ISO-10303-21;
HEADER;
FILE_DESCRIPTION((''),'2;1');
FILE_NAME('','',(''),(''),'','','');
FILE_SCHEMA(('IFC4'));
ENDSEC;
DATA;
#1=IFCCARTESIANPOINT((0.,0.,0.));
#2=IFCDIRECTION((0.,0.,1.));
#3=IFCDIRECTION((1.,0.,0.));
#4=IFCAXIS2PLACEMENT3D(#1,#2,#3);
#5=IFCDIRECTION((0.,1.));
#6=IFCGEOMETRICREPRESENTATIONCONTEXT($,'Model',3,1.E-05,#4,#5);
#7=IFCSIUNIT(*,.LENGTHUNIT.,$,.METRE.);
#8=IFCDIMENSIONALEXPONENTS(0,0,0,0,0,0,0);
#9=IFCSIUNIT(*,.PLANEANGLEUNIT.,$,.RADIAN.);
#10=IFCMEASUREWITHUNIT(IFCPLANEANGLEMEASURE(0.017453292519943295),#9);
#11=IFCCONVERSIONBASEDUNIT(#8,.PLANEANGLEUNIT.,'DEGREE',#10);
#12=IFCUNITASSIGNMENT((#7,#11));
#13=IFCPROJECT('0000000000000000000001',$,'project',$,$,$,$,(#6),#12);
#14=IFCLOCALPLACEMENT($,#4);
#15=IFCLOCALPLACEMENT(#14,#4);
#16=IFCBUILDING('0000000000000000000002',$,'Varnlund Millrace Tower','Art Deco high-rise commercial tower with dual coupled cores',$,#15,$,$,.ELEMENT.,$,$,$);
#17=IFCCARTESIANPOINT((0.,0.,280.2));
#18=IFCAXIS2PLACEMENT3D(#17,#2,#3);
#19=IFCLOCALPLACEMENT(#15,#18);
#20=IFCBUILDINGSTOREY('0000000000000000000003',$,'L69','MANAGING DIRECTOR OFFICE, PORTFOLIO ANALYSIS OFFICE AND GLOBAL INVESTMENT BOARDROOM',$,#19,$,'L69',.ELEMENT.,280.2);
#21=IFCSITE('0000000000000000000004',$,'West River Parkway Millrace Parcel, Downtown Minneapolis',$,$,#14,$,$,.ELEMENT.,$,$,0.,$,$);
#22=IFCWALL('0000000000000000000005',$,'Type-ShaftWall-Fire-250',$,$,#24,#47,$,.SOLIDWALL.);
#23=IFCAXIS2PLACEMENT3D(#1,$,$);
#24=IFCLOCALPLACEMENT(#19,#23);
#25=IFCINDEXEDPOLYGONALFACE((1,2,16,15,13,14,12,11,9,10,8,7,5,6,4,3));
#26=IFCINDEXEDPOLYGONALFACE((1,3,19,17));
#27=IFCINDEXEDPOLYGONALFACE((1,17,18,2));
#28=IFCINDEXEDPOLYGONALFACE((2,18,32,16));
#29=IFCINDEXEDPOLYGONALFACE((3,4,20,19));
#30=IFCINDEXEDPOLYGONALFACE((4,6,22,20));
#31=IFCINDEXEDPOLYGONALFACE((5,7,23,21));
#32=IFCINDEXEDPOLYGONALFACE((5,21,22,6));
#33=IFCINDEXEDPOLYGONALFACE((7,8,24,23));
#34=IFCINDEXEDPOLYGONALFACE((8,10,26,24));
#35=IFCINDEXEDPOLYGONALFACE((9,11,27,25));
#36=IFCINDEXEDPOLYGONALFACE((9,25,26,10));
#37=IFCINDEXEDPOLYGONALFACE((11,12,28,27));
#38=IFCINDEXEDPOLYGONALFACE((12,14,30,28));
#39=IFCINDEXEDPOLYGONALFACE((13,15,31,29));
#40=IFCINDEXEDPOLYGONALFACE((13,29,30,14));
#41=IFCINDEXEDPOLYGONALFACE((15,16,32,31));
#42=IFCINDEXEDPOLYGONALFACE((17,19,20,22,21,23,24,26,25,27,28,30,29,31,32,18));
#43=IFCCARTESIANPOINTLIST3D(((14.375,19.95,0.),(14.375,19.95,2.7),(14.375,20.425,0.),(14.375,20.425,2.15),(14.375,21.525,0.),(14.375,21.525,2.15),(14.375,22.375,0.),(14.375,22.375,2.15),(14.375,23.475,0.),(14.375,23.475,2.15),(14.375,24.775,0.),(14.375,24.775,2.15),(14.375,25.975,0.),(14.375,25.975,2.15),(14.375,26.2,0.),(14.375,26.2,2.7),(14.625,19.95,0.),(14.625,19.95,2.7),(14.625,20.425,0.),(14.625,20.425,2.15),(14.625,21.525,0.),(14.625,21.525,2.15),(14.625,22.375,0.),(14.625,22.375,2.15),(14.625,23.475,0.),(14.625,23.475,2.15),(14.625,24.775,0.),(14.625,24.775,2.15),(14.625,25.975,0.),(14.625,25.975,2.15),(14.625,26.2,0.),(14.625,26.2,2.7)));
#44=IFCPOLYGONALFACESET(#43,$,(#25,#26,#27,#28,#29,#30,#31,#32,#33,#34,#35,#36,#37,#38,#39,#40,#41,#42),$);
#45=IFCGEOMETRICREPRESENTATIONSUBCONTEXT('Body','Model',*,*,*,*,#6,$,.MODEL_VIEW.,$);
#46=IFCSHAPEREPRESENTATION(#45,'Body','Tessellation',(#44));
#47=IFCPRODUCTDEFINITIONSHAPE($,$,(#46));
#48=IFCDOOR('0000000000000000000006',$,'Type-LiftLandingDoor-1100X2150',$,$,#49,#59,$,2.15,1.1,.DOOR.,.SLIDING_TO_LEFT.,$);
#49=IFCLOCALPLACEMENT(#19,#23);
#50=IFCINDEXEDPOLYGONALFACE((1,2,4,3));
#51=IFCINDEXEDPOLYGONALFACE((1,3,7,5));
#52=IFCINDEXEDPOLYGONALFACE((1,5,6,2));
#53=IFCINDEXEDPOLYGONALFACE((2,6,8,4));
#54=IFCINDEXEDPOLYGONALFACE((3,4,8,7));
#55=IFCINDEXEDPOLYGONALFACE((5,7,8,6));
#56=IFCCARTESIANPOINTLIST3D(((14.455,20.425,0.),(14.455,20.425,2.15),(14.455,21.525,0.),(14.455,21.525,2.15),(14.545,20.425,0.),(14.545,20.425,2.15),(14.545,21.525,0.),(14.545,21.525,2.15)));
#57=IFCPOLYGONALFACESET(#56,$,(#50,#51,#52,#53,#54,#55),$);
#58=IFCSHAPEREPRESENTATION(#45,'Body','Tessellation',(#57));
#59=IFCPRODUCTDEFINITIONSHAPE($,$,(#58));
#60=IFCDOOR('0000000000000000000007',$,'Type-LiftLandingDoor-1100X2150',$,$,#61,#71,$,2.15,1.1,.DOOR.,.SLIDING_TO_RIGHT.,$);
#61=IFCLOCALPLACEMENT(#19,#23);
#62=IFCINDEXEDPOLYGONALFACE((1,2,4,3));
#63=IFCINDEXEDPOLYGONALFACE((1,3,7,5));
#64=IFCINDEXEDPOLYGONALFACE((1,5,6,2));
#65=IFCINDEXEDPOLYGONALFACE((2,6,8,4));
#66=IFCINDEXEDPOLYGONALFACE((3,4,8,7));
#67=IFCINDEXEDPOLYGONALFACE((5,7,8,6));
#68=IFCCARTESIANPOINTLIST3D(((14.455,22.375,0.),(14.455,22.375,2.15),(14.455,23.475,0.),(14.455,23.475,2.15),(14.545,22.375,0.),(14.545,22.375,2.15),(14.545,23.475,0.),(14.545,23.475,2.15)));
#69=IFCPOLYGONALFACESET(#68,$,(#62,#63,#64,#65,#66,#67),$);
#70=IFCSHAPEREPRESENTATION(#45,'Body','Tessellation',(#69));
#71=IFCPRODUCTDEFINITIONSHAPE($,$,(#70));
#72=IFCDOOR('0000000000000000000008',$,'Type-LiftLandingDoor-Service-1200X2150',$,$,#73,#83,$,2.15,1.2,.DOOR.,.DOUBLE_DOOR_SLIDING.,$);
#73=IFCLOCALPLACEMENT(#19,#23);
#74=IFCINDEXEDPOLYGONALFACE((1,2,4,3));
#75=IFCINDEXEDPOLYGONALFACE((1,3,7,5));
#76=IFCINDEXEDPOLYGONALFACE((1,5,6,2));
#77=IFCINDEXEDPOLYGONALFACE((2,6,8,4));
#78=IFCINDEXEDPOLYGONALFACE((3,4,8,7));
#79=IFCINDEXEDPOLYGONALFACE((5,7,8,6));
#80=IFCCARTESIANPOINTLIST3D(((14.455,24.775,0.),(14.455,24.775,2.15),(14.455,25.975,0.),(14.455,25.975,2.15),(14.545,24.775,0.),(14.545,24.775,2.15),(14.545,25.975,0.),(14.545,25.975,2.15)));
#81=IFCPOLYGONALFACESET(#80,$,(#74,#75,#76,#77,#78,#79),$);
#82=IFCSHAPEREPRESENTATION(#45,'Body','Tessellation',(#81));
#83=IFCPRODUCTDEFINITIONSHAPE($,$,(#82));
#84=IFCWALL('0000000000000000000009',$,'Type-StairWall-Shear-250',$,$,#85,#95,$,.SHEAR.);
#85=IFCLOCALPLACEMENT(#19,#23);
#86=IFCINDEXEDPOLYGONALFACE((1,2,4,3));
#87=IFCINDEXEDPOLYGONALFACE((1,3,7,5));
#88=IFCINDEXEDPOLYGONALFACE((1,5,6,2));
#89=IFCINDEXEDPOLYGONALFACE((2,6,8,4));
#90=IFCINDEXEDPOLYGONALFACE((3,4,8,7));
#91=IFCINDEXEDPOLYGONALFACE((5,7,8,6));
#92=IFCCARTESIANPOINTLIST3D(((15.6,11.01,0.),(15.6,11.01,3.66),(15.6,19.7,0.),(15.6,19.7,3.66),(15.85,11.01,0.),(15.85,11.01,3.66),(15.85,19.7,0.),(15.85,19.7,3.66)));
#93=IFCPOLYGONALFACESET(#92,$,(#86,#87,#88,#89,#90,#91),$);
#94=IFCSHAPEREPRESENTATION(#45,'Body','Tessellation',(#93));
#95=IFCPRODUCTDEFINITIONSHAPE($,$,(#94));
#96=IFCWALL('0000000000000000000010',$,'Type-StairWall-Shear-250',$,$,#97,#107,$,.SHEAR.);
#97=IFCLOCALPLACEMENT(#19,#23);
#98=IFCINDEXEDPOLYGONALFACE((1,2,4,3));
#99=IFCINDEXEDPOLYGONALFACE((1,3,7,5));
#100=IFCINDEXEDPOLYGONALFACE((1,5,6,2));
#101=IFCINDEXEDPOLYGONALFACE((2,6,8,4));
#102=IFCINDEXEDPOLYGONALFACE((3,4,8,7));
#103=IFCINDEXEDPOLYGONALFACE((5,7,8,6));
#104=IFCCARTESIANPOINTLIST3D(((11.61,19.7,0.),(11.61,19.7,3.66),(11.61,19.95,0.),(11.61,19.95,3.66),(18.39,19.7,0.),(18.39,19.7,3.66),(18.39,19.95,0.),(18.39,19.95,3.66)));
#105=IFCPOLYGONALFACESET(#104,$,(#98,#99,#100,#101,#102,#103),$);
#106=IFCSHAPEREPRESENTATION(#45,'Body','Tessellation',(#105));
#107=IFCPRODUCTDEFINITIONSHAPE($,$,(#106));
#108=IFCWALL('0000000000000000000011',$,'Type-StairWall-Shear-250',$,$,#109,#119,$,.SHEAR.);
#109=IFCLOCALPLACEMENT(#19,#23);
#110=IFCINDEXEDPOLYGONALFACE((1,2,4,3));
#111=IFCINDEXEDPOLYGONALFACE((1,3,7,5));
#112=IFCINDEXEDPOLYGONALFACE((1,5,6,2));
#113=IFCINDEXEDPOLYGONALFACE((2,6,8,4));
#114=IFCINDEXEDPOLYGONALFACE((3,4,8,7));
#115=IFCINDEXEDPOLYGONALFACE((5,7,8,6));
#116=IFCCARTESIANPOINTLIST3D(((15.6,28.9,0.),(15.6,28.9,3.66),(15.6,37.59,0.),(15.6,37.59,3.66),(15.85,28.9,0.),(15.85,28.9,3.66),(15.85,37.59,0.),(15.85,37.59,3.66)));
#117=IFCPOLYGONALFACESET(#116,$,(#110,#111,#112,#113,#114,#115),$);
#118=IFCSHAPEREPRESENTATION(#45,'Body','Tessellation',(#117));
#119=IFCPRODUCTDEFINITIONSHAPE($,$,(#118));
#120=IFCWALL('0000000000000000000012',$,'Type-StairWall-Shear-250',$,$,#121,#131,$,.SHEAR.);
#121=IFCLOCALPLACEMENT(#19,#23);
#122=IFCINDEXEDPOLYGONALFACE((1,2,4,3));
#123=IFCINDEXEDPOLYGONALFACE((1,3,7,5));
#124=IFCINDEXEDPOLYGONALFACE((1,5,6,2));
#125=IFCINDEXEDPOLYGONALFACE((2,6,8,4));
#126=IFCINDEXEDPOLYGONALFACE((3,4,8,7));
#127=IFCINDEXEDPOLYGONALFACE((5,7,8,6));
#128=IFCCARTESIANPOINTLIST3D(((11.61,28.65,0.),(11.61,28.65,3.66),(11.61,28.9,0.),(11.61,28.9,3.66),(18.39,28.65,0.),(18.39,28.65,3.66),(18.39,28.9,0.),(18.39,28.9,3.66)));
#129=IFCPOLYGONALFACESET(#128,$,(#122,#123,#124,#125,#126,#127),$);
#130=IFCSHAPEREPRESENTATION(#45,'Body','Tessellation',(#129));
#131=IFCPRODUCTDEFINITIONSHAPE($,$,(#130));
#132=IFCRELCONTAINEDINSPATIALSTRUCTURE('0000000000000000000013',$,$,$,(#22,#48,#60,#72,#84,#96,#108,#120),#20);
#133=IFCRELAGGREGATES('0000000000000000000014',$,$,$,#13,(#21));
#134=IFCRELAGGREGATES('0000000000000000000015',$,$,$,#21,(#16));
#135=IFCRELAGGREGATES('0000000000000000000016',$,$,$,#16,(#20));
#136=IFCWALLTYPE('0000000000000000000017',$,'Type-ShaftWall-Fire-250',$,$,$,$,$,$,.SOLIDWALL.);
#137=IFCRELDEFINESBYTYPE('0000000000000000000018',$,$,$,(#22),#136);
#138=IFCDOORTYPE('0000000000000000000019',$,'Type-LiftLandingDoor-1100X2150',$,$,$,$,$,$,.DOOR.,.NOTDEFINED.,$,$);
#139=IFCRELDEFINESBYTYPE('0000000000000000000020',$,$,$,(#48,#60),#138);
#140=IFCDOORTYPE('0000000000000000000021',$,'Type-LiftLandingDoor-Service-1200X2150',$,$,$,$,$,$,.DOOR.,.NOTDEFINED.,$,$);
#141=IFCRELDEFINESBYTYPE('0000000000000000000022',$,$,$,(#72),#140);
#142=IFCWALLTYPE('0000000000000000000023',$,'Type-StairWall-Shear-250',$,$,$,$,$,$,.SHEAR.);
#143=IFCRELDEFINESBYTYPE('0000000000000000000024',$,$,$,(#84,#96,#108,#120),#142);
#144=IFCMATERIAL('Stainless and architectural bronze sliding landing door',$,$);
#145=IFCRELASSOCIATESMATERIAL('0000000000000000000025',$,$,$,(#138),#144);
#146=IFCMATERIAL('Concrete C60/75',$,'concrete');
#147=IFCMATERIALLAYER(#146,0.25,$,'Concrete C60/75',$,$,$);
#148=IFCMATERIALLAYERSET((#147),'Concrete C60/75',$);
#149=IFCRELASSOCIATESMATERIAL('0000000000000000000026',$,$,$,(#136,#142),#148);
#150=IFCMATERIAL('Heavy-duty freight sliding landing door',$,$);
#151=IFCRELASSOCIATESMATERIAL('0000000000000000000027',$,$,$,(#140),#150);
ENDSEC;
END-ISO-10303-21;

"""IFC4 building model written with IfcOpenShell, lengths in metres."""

from ifc_helpers import new_model, entity, si_unit, converted_unit, direction, frame, origin_with_axes, origin_2d_with_axis, place, context, subcontext, project, spatial, polyline, rectangle, outline, extrude, material, layer, layer_set, type_object, element, fill, save


model = new_model("IFC4")

# Units and contexts
model_context = context("Model", 3, precision=1e-05, world=origin_with_axes(), true_north=direction((0.0, 1.0)))
body_context = subcontext(model_context, "Body", "Model", "MODEL_VIEW")
ifc_project = project(units=[si_unit("LENGTHUNIT", "METRE"), converted_unit("PLANEANGLEUNIT", "DEGREE", entity("IfcPlaneAngleMeasure", 0.017453292519943295), si_unit("PLANEANGLEUNIT", "RADIAN"), dimensions=[0, 0, 0, 0, 0, 0, 0])], contexts=[model_context])

# Site, building, storey
site_placement = place(None, origin_with_axes())
site = spatial("IfcSite", under=ifc_project, at=site_placement, Name="West River Parkway Millrace Parcel, Downtown Minneapolis", CompositionType="ELEMENT", RefElevation=0.0)
building_placement = place(site_placement, origin_with_axes())
building = spatial("IfcBuilding", under=site, at=building_placement, Name="Varnlund Millrace Tower", Description="Art Deco high-rise commercial tower with dual coupled cores", CompositionType="ELEMENT")
storey_placement = place(building_placement, frame((0.0, 0.0, 280.2), z_axis=(0.0, 0.0, 1.0), x_axis=(1.0, 0.0, 0.0)))
storey = spatial("IfcBuildingStorey", under=building, at=storey_placement, Name="L69", Description="MANAGING DIRECTOR OFFICE, PORTFOLIO ANALYSIS OFFICE AND GLOBAL INVESTMENT BOARDROOM", LongName="L69", CompositionType="ELEMENT", Elevation=280.2)

# Shared definitions
ifc_material_1 = material(Name="Concrete C60/75", Category="concrete")

# Wall, openings, doors
ifc_material_2 = material(Name="Stainless and architectural bronze sliding landing door")
door_type_1 = type_object("IfcDoorType", Name="Type-LiftLandingDoor-1100X2150", OperationType="NOTDEFINED", PredefinedType="DOOR", material=ifc_material_2)
ifc_layer_1 = layer(ifc_material_1, 0.25, Name="Concrete C60/75")
ifc_layer_set_1 = layer_set([ifc_layer_1], Name="Concrete C60/75")
wall_type_1 = type_object("IfcWallType", Name="Type-ShaftWall-Fire-250", PredefinedType="SOLIDWALL", material=ifc_layer_set_1)
wall_1_placement = place(storey_placement, frame((14.5, 19.95, 0.0), z_axis=(0.0, 0.0, 1.0), x_axis=(0.0, 1.0, 0.0)))
wall_1 = element("IfcWall", 1, at=wall_1_placement, inside=storey, type_object=wall_type_1, Name="Type-ShaftWall-Fire-250", PredefinedType="SOLIDWALL", context=body_context, shape_type="SweptSolid", body=[
    extrude(outline(polyline([(0.0, -0.125), (6.25, -0.125), (6.25, 0.125), (0.0, 0.125), (0.0, -0.125)])), origin_with_axes(), (0.0, 0.0, 1.0), 2.7),
])
opening_1_placement = place(wall_1_placement, frame((1.025, 0.0, 0.0), z_axis=(0.0, 0.0, 1.0), x_axis=(1.0, 0.0, 0.0)))
opening_1 = element("IfcOpeningElement", 2, at=opening_1_placement, cuts=wall_1, PredefinedType="OPENING", context=body_context, shape_type="SweptSolid", body=[
    extrude(rectangle(XDim=1.1, YDim=0.27, at=origin_2d_with_axis()), origin_with_axes(), (0.0, 0.0, 1.0), 2.15),
])
opening_2_placement = place(wall_1_placement, frame((2.975, 0.0, 0.0), z_axis=(0.0, 0.0, 1.0), x_axis=(1.0, 0.0, 0.0)))
opening_2 = element("IfcOpeningElement", 3, at=opening_2_placement, cuts=wall_1, PredefinedType="OPENING", context=body_context, shape_type="SweptSolid", body=[
    extrude(rectangle(XDim=1.1, YDim=0.27, at=origin_2d_with_axis()), origin_with_axes(), (0.0, 0.0, 1.0), 2.15),
])
opening_3_placement = place(wall_1_placement, frame((5.425, 0.0, 0.0), z_axis=(0.0, 0.0, 1.0), x_axis=(1.0, 0.0, 0.0)))
opening_3 = element("IfcOpeningElement", 4, at=opening_3_placement, cuts=wall_1, PredefinedType="OPENING", context=body_context, shape_type="SweptSolid", body=[
    extrude(rectangle(XDim=1.2, YDim=0.27, at=origin_2d_with_axis()), origin_with_axes(), (0.0, 0.0, 1.0), 2.15),
])
door_1_placement = place(wall_1_placement, frame((1.025, 0.0, 0.0), z_axis=(0.0, 0.0, 1.0), x_axis=(1.0, 0.0, 0.0)))
door_1 = element("IfcDoor", 5, at=door_1_placement, inside=storey, type_object=door_type_1, Name="Type-LiftLandingDoor-1100X2150", OperationType="SLIDING_TO_LEFT", OverallHeight=2.15, OverallWidth=1.1, PredefinedType="DOOR", context=body_context, shape_type="SweptSolid", body=[
    extrude(rectangle(XDim=1.1, YDim=0.09, at=origin_2d_with_axis()), origin_with_axes(), (0.0, 0.0, 1.0), 2.15),
])
fill(opening_1, door_1)
door_2_placement = place(wall_1_placement, frame((2.975, 0.0, 0.0), z_axis=(0.0, 0.0, 1.0), x_axis=(1.0, 0.0, 0.0)))
door_2 = element("IfcDoor", 6, at=door_2_placement, inside=storey, type_object=door_type_1, Name="Type-LiftLandingDoor-1100X2150", OperationType="SLIDING_TO_RIGHT", OverallHeight=2.15, OverallWidth=1.1, PredefinedType="DOOR", context=body_context, shape_type="SweptSolid", body=[
    extrude(rectangle(XDim=1.1, YDim=0.09, at=origin_2d_with_axis()), origin_with_axes(), (0.0, 0.0, 1.0), 2.15),
])
fill(opening_2, door_2)
ifc_material_3 = material(Name="Heavy-duty freight sliding landing door")
door_type_2 = type_object("IfcDoorType", Name="Type-LiftLandingDoor-Service-1200X2150", OperationType="NOTDEFINED", PredefinedType="DOOR", material=ifc_material_3)
door_3_placement = place(wall_1_placement, frame((5.425, 0.0, 0.0), z_axis=(0.0, 0.0, 1.0), x_axis=(1.0, 0.0, 0.0)))
door_3 = element("IfcDoor", 7, at=door_3_placement, inside=storey, type_object=door_type_2, Name="Type-LiftLandingDoor-Service-1200X2150", OperationType="DOUBLE_DOOR_SLIDING", OverallHeight=2.15, OverallWidth=1.2, PredefinedType="DOOR", context=body_context, shape_type="SweptSolid", body=[
    extrude(rectangle(XDim=1.2, YDim=0.09, at=origin_2d_with_axis()), origin_with_axes(), (0.0, 0.0, 1.0), 2.15),
])
fill(opening_3, door_3)

# Walls
wall_type_2 = type_object("IfcWallType", Name="Type-StairWall-Shear-250", PredefinedType="SHEAR", material=ifc_layer_set_1)
wall_2_placement = place(storey_placement, frame((15.725, 11.01, 0.0), z_axis=(0.0, 0.0, 1.0), x_axis=(0.0, 1.0, 0.0)))
element("IfcWall", 8, at=wall_2_placement, inside=storey, type_object=wall_type_2, Name="Type-StairWall-Shear-250", PredefinedType="SHEAR", context=body_context, shape_type="SweptSolid", body=[
    extrude(outline(polyline([(0.0, -0.125), (8.69, -0.125), (8.69, 0.125), (0.0, 0.125), (0.0, -0.125)])), origin_with_axes(), (0.0, 0.0, 1.0), 3.66),
])
wall_3_placement = place(storey_placement, frame((11.61, 19.825, 0.0), z_axis=(0.0, 0.0, 1.0), x_axis=(1.0, 0.0, 0.0)))
element("IfcWall", 9, at=wall_3_placement, inside=storey, type_object=wall_type_2, Name="Type-StairWall-Shear-250", PredefinedType="SHEAR", context=body_context, shape_type="SweptSolid", body=[
    extrude(outline(polyline([(0.0, -0.125), (6.78, -0.125), (6.78, 0.125), (0.0, 0.125), (0.0, -0.125)])), origin_with_axes(), (0.0, 0.0, 1.0), 3.66),
])
wall_4_placement = place(storey_placement, frame((15.725, 28.9, 0.0), z_axis=(0.0, 0.0, 1.0), x_axis=(0.0, 1.0, 0.0)))
element("IfcWall", 10, at=wall_4_placement, inside=storey, type_object=wall_type_2, Name="Type-StairWall-Shear-250", PredefinedType="SHEAR", context=body_context, shape_type="SweptSolid", body=[
    extrude(outline(polyline([(0.0, -0.125), (8.69, -0.125), (8.69, 0.125), (0.0, 0.125), (0.0, -0.125)])), origin_with_axes(), (0.0, 0.0, 1.0), 3.66),
])
wall_5_placement = place(storey_placement, frame((11.61, 28.775, 0.0), z_axis=(0.0, 0.0, 1.0), x_axis=(1.0, 0.0, 0.0)))
element("IfcWall", 11, at=wall_5_placement, inside=storey, type_object=wall_type_2, Name="Type-StairWall-Shear-250", PredefinedType="SHEAR", context=body_context, shape_type="SweptSolid", body=[
    extrude(outline(polyline([(0.0, -0.125), (6.78, -0.125), (6.78, 0.125), (0.0, 0.125), (0.0, -0.125)])), origin_with_axes(), (0.0, 0.0, 1.0), 3.66),
])

save(model, "model.ifc")
